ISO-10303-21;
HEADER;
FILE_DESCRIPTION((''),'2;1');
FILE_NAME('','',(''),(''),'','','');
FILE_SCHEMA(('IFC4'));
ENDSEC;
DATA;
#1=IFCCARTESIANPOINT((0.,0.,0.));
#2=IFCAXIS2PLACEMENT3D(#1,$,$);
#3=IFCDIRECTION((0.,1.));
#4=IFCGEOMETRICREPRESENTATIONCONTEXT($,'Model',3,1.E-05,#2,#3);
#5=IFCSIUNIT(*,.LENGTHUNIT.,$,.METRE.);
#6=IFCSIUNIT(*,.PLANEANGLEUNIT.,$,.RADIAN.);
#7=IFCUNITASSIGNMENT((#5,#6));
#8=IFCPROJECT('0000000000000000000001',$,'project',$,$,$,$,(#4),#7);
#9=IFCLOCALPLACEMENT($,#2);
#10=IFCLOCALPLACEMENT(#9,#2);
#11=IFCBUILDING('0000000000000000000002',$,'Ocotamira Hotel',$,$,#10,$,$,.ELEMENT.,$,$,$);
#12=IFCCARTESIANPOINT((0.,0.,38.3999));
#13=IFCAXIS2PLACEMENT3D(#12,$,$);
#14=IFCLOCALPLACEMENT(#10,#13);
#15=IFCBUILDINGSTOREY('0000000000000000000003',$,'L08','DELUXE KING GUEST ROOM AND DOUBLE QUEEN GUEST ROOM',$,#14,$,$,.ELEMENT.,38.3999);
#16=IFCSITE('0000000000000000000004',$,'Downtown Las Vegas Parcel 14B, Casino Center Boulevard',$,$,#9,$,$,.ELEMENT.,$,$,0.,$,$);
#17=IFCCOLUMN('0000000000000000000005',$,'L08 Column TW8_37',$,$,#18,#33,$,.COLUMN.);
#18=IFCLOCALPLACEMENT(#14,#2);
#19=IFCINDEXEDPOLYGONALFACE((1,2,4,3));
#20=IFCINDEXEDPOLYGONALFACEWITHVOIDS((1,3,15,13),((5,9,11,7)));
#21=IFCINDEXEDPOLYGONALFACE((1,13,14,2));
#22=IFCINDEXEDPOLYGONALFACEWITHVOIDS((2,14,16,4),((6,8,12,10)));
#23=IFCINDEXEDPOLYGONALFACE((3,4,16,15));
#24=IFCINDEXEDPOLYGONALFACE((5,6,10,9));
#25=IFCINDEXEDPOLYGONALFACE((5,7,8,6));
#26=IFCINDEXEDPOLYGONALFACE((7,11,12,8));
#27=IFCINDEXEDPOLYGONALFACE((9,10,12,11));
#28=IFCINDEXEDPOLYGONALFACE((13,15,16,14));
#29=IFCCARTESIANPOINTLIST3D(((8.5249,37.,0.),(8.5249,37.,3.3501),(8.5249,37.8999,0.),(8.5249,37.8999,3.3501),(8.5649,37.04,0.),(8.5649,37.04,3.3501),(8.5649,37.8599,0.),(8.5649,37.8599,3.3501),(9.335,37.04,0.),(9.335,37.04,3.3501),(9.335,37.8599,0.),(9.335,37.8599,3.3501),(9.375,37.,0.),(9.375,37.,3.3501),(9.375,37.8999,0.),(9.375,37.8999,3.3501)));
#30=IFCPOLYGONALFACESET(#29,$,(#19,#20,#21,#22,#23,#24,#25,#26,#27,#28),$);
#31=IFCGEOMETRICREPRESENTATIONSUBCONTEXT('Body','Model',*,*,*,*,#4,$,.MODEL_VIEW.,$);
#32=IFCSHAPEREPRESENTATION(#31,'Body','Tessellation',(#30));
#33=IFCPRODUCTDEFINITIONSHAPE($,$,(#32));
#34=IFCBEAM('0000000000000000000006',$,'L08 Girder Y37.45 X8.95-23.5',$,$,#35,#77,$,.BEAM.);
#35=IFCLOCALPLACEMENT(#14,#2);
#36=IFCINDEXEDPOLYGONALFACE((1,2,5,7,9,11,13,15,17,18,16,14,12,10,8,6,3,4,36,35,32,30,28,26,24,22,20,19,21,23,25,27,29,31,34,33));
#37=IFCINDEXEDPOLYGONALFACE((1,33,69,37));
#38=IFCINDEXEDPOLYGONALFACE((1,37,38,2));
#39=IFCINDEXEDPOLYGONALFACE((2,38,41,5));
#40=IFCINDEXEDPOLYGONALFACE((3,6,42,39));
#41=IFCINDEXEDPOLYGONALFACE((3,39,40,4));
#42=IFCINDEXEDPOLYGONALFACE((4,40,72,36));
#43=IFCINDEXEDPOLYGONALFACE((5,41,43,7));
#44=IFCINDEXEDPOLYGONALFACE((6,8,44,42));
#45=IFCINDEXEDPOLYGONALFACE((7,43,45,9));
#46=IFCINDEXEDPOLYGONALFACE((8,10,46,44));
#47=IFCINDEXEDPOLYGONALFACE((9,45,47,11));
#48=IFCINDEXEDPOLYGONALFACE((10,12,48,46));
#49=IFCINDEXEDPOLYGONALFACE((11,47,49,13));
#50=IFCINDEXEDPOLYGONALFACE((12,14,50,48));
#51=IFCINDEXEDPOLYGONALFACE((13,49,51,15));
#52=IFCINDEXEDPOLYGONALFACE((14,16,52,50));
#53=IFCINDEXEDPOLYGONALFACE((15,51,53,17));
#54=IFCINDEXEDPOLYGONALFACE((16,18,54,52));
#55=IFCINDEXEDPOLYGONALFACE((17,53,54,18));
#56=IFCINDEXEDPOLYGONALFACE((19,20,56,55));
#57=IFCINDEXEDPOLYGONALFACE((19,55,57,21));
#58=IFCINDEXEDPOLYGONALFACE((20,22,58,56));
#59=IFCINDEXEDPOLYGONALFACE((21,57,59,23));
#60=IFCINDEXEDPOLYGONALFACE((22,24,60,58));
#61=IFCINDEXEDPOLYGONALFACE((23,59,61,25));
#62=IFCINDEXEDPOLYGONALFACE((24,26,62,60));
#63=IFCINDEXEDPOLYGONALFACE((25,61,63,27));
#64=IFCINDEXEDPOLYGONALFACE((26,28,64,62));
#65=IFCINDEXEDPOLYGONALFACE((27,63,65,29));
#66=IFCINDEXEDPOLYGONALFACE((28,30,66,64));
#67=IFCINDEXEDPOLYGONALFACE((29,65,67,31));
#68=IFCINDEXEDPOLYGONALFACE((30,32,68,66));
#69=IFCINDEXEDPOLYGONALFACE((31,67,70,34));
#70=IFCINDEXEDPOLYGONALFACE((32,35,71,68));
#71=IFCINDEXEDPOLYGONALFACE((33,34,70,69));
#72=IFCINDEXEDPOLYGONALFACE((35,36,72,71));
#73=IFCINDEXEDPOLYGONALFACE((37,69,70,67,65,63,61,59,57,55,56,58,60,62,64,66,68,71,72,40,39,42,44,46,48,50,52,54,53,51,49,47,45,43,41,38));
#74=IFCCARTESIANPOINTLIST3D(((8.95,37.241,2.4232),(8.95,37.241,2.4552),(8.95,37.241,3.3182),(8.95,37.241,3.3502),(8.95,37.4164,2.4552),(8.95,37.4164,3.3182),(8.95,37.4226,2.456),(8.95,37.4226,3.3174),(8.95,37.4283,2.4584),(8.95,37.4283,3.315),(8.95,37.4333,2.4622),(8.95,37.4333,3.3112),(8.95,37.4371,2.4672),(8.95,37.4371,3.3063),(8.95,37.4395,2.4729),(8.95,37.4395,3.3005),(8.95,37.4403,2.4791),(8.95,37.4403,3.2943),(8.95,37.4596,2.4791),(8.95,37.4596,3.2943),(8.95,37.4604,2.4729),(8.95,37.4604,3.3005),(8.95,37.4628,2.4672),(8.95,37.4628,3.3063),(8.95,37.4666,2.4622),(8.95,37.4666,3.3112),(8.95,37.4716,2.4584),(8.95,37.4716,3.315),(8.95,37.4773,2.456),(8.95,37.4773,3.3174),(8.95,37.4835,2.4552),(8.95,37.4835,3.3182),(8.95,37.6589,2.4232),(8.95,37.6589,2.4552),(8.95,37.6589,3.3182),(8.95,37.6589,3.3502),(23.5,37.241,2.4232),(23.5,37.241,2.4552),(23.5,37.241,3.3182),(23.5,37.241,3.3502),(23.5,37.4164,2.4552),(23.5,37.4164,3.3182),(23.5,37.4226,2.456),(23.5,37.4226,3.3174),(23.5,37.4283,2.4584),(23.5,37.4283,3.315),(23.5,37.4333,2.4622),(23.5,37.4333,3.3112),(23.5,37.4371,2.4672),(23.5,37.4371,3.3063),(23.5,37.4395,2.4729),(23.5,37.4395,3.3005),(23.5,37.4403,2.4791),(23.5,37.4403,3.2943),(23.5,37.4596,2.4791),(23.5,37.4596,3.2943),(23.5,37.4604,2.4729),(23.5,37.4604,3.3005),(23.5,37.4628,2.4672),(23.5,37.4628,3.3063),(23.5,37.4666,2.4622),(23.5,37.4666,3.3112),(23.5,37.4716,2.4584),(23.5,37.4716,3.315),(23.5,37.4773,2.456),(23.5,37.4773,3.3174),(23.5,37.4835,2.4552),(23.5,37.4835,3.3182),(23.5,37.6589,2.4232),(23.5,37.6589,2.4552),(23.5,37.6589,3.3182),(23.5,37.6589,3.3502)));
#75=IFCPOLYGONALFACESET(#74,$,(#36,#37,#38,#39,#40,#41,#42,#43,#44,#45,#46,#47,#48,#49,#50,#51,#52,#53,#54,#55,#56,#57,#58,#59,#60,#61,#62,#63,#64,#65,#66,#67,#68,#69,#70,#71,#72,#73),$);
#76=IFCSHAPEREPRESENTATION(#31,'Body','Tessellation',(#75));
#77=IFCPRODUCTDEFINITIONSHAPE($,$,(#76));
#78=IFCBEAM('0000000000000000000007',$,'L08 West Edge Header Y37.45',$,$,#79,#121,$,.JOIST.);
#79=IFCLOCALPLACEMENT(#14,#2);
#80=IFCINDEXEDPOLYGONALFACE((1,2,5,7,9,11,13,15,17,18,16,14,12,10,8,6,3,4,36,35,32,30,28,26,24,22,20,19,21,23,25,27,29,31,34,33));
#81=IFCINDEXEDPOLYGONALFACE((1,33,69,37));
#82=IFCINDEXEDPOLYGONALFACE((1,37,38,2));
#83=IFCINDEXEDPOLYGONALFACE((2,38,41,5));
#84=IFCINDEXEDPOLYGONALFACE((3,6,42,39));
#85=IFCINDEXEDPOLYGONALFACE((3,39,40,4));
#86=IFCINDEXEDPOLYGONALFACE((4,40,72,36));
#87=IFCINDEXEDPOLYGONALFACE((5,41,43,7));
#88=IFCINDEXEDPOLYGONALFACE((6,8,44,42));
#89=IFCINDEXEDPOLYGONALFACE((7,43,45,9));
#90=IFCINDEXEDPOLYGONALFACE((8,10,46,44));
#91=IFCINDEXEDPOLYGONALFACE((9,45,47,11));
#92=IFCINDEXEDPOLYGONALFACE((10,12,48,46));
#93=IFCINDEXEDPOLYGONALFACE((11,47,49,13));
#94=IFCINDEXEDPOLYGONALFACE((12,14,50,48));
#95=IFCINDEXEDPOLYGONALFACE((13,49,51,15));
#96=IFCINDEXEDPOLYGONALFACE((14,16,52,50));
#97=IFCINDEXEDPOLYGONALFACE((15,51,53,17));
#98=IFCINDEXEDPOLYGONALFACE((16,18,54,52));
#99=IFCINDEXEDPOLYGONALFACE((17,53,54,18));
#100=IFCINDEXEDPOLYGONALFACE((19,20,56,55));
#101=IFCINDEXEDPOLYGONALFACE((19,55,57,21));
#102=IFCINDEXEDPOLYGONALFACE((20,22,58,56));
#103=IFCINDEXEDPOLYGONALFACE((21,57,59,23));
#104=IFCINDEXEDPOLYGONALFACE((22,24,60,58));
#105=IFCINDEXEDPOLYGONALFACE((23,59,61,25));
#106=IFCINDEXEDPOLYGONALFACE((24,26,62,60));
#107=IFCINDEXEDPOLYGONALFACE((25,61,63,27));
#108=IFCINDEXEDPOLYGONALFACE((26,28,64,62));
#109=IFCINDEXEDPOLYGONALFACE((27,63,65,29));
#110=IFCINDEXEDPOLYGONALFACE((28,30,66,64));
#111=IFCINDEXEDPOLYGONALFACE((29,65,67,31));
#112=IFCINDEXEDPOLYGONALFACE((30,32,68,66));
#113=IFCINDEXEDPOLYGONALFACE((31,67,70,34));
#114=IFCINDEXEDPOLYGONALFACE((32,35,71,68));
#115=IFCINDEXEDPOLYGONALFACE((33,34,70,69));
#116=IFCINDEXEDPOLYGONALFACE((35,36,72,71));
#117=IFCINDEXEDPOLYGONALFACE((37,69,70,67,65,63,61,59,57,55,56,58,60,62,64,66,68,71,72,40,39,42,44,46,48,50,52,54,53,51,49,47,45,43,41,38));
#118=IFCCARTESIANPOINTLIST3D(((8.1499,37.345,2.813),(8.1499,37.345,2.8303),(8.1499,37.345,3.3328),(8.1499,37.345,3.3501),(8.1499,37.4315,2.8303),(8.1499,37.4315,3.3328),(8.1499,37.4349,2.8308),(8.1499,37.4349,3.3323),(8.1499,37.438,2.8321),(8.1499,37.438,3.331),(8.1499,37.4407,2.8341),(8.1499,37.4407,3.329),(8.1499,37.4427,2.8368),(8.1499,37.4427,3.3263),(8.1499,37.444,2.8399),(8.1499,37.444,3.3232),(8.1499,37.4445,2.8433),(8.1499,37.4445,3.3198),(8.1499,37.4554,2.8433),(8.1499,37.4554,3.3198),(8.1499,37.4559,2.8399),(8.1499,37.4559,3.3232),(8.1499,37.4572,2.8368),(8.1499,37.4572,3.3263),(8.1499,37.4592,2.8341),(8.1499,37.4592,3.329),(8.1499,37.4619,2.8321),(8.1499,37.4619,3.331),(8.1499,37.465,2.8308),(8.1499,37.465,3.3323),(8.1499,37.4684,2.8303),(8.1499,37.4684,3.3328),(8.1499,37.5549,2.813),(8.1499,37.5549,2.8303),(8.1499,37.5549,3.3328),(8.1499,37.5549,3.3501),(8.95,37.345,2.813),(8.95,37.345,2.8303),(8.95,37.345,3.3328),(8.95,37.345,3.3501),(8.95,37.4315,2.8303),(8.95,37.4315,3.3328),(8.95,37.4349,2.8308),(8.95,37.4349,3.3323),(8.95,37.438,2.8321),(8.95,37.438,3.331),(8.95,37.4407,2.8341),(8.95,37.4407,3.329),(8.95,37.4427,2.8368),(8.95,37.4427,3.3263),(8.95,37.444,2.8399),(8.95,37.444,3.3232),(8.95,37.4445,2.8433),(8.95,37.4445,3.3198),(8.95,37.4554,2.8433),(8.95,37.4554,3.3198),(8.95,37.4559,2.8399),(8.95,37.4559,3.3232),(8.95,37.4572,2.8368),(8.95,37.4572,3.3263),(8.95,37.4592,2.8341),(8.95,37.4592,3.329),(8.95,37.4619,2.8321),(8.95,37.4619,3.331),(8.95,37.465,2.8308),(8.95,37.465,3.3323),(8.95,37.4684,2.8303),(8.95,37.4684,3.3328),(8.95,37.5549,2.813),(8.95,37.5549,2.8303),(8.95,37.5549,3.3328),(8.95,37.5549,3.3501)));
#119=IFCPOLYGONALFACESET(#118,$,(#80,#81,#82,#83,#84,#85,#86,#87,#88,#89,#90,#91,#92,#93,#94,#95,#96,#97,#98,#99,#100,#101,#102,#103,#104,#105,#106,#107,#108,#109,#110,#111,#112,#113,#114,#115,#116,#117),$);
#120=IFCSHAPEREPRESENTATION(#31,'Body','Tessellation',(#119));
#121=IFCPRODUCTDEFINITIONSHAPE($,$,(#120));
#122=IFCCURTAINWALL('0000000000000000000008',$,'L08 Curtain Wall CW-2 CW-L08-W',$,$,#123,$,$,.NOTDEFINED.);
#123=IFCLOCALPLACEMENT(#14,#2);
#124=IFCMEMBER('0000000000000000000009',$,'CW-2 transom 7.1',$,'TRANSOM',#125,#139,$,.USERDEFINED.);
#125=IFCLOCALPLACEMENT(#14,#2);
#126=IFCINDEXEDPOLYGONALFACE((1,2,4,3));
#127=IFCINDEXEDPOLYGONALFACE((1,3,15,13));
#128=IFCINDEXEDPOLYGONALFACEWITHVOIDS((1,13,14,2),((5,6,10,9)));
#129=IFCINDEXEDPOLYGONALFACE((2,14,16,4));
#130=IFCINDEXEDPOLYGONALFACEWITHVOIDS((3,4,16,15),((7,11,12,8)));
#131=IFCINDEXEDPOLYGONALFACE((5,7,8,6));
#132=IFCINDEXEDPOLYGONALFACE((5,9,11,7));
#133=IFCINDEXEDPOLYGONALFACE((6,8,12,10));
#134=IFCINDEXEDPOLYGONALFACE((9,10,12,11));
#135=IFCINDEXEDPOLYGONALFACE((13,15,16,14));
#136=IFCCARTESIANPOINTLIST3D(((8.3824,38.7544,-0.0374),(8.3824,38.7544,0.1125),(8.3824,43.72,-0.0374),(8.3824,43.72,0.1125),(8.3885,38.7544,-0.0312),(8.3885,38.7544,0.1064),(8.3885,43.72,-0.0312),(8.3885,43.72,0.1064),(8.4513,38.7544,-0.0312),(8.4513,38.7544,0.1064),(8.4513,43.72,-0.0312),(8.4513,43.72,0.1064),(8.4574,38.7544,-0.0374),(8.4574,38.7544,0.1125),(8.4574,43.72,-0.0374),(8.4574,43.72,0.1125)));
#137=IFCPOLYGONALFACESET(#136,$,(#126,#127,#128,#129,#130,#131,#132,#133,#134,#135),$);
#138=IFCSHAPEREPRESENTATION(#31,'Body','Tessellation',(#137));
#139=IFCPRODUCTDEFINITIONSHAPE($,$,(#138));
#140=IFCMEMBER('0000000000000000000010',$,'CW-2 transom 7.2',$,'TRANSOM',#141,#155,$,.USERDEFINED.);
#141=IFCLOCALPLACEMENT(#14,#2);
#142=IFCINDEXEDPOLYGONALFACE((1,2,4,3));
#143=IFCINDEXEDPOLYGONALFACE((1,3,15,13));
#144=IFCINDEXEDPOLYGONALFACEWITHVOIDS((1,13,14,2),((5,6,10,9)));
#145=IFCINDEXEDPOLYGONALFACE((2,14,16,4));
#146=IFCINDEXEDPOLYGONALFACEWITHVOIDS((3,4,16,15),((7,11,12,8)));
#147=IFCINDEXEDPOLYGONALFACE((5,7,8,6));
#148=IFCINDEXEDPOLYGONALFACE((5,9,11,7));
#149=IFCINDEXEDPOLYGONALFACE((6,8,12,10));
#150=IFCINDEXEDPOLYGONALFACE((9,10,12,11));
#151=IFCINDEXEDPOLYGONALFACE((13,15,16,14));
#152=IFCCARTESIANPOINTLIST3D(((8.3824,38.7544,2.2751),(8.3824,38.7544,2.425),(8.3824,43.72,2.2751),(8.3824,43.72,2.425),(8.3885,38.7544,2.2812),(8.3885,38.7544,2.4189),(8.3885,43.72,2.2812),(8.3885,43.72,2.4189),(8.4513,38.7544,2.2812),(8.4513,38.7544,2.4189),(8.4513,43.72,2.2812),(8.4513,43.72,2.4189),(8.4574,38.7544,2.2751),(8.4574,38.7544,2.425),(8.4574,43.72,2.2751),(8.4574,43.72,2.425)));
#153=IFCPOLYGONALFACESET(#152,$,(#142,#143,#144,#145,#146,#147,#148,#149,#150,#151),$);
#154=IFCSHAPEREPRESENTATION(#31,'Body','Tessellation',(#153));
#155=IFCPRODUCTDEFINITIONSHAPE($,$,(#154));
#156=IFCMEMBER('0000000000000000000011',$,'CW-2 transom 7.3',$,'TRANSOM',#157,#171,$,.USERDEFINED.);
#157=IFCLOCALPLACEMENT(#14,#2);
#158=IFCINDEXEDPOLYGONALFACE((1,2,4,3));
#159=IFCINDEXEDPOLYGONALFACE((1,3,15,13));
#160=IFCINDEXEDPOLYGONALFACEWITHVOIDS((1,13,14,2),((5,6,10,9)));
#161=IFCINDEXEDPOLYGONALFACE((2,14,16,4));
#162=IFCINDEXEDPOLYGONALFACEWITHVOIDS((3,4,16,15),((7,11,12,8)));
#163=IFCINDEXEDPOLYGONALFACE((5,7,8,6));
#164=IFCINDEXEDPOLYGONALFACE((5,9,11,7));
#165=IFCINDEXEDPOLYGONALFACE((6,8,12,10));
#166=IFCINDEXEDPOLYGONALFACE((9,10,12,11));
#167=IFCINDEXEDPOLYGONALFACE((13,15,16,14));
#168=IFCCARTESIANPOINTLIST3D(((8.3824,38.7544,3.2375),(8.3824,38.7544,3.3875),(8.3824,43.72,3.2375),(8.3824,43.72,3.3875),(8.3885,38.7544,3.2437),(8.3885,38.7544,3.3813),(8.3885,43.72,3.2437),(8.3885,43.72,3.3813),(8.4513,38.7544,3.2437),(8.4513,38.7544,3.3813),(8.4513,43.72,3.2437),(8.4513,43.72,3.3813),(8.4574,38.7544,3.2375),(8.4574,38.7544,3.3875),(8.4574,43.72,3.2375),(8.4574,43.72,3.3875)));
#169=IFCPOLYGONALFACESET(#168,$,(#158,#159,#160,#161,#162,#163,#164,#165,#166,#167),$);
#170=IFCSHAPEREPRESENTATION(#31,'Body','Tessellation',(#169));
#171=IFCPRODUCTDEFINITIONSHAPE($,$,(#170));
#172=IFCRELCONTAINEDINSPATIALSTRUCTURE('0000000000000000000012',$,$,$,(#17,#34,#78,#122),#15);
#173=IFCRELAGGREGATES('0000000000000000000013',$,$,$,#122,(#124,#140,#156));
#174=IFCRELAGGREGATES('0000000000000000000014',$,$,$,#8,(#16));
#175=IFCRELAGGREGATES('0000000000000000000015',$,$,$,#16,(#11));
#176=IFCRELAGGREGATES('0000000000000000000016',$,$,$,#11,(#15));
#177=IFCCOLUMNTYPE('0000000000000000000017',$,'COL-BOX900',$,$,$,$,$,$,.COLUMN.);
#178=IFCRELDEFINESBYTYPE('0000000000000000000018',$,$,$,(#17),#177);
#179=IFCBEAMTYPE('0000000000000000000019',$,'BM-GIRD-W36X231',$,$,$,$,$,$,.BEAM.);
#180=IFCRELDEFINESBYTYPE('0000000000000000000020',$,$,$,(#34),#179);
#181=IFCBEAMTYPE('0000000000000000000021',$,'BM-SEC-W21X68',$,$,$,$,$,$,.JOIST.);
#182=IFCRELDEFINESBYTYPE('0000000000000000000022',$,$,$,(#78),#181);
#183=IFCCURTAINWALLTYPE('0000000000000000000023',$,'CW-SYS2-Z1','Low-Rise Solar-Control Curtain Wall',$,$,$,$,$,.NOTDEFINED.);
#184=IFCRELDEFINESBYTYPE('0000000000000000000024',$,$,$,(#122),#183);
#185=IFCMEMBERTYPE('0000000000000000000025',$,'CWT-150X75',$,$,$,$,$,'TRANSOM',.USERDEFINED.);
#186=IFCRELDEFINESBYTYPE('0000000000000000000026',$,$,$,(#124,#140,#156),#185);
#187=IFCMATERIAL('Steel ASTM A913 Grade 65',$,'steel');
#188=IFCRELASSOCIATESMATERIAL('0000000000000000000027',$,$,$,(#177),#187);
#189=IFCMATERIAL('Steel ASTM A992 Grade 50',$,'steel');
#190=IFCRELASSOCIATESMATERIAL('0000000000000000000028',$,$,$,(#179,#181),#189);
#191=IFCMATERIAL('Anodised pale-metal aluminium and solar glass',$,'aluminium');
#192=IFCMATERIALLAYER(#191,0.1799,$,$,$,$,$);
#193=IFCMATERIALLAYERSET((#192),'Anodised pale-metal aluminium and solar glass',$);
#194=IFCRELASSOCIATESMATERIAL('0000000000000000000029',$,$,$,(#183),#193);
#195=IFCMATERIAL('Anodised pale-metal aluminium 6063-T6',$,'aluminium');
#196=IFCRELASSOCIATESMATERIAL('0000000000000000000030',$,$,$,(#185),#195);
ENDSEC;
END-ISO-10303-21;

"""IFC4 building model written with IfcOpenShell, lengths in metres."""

from ifc_helpers import new_model, si_unit, direction, frame, origin, origin_2d, place, context, subcontext, project, spatial, hollow_rectangle, i_section, extrude, source, transform, mapped, material, layer, layer_set, material_profile, profile_set, type_object, element, aggregate, save


model = new_model("IFC4")

# Units and contexts
model_context = context("Model", 3, precision=1e-05, world=origin(), true_north=direction((0.0, 1.0)))
body_context = subcontext(model_context, "Body", "Model", "MODEL_VIEW")
ifc_project = project(units=[si_unit("LENGTHUNIT", "METRE"), si_unit("PLANEANGLEUNIT", "RADIAN")], contexts=[model_context])

# Site, building, storey
site_placement = place(None, origin())
site = spatial("IfcSite", under=ifc_project, at=site_placement, Name="Downtown Las Vegas Parcel 14B, Casino Center Boulevard", CompositionType="ELEMENT", RefElevation=0.0)
building_placement = place(site_placement, origin())
building = spatial("IfcBuilding", under=site, at=building_placement, Name="Ocotamira Hotel", CompositionType="ELEMENT")
storey_placement = place(building_placement, frame((0.0, 0.0, 38.3999)))
storey = spatial("IfcBuildingStorey", under=building, at=storey_placement, Name="L08", Description="DELUXE KING GUEST ROOM AND DOUBLE QUEEN GUEST ROOM", CompositionType="ELEMENT", Elevation=38.3999)

# Column
ifc_material_1 = material(Name="Steel ASTM A913 Grade 65", Category="steel")
ifc_material_profile_1 = material_profile(ifc_material_1, hollow_rectangle(XDim=0.8501, YDim=0.8999, WallThickness=0.04, at=origin_2d()), Name="BOX900X850X40")
ifc_profile_set_1 = profile_set([ifc_material_profile_1], Name="Steel ASTM A913 Grade 65")
column_type = type_object("IfcColumnType", Name="COL-BOX900", PredefinedType="COLUMN", material=ifc_profile_set_1)
shared_shape_1 = source(origin(), body_context, "Body", "SweptSolid", [
    extrude(hollow_rectangle(XDim=0.8501, YDim=0.8999, WallThickness=0.04, at=origin_2d()), origin(), (0.0, 0.0, 1.0), 3.3501),
])
column_placement = place(storey_placement, frame((8.95, 37.45, 0.0), z_axis=(0.0, 0.0, 1.0), x_axis=(1.0, 0.0, 0.0)))
element("IfcColumn", 1, at=column_placement, inside=storey, type_object=column_type, Name="L08 Column TW8_37", PredefinedType="COLUMN", context=body_context, shape_type="MappedRepresentation", body=[
    mapped(shared_shape_1, transform((0.0, 0.0, 0.0), scale=1.0)),
])

# Beams
ifc_material_2 = material(Name="Steel ASTM A992 Grade 50", Category="steel")
ifc_material_profile_2 = material_profile(ifc_material_2, i_section(OverallWidth=0.418, OverallDepth=0.927, WebThickness=0.0193, FlangeThickness=0.032, FilletRadius=0.0239, at=origin_2d()), Name="W36X231")
ifc_profile_set_2 = profile_set([ifc_material_profile_2], Name="Steel ASTM A992 Grade 50")
beam_type_1 = type_object("IfcBeamType", Name="BM-GIRD-W36X231", PredefinedType="BEAM", material=ifc_profile_set_2)
shared_shape_2 = source(origin(), body_context, "Body", "SweptSolid", [
    extrude(i_section(OverallWidth=0.418, OverallDepth=0.927, WebThickness=0.0193, FlangeThickness=0.032, FilletRadius=0.0239, at=origin_2d()), origin(), (0.0, 0.0, 1.0), 14.55),
])
beam_1_placement = place(storey_placement, frame((8.95, 37.45, 2.8867), z_axis=(1.0, 0.0, 0.0), x_axis=(0.0, 1.0, 0.0)))
element("IfcBeam", 2, at=beam_1_placement, inside=storey, type_object=beam_type_1, Name="L08 Girder Y37.45 X8.95-23.5", PredefinedType="BEAM", context=body_context, shape_type="MappedRepresentation", body=[
    mapped(shared_shape_2, transform((0.0, 0.0, 0.0), scale=1.0)),
])
ifc_material_profile_3 = material_profile(ifc_material_2, i_section(OverallWidth=0.21, OverallDepth=0.5371, WebThickness=0.011, FlangeThickness=0.0173, FilletRadius=0.0129, at=origin_2d()), Name="W21X68")
ifc_profile_set_3 = profile_set([ifc_material_profile_3], Name="Steel ASTM A992 Grade 50")
beam_type_2 = type_object("IfcBeamType", Name="BM-SEC-W21X68", PredefinedType="JOIST", material=ifc_profile_set_3)
shared_shape_3 = source(origin(), body_context, "Body", "SweptSolid", [
    extrude(i_section(OverallWidth=0.21, OverallDepth=0.5371, WebThickness=0.011, FlangeThickness=0.0173, FilletRadius=0.0129, at=origin_2d()), origin(), (0.0, 0.0, 1.0), 0.8),
])
beam_2_placement = place(storey_placement, frame((8.95, 37.45, 3.0815), z_axis=(-1.0, 0.0, 0.0), x_axis=(0.0, -1.0, 0.0)))
element("IfcBeam", 3, at=beam_2_placement, inside=storey, type_object=beam_type_2, Name="L08 West Edge Header Y37.45", PredefinedType="JOIST", context=body_context, shape_type="MappedRepresentation", body=[
    mapped(shared_shape_3, transform((0.0, 0.0, 0.0), scale=1.0)),
])

# Curtain wall, members
ifc_material_3 = material(Name="Anodised pale-metal aluminium and solar glass", Category="aluminium")
ifc_layer_1 = layer(ifc_material_3, 0.1799)
ifc_layer_set_1 = layer_set([ifc_layer_1], Name="Anodised pale-metal aluminium and solar glass")
curtain_wall_type = type_object("IfcCurtainWallType", Name="CW-SYS2-Z1", Description="Low-Rise Solar-Control Curtain Wall", PredefinedType="NOTDEFINED", material=ifc_layer_set_1)
curtain_wall_placement = place(storey_placement, origin())
curtain_wall = element("IfcCurtainWall", 4, at=curtain_wall_placement, inside=storey, type_object=curtain_wall_type, Name="L08 Curtain Wall CW-2 CW-L08-W", PredefinedType="NOTDEFINED")
ifc_material_4 = material(Name="Anodised pale-metal aluminium 6063-T6", Category="aluminium")
ifc_material_profile_4 = material_profile(ifc_material_4, hollow_rectangle(XDim=0.075, YDim=0.1499, WallThickness=0.0061, at=origin_2d()), Name="HSS150X75X6")
ifc_profile_set_4 = profile_set([ifc_material_profile_4], Name="Anodised pale-metal aluminium 6063-T6")
member_type_1 = type_object("IfcMemberType", Name="CWT-150X75", ElementType="TRANSOM", PredefinedType="USERDEFINED", material=ifc_profile_set_4)
shared_shape_4 = source(origin(), body_context, "Body", "SweptSolid", [
    extrude(hollow_rectangle(XDim=0.075, YDim=0.1499, WallThickness=0.0061, at=origin_2d()), origin(), (0.0, 0.0, 1.0), 4.9656),
])
member_1_placement = place(storey_placement, frame((8.4199, 38.7544, 0.0376), z_axis=(0.0, 1.0, 0.0), x_axis=(-1.0, 0.0, 0.0)))
member_1 = element("IfcMember", 5, at=member_1_placement, type_object=member_type_1, Name="CW-2 transom 7.1", ObjectType="TRANSOM", PredefinedType="USERDEFINED", context=body_context, shape_type="MappedRepresentation", body=[
    mapped(shared_shape_4, transform((0.0, 0.0, 0.0), scale=1.0)),
])
member_2_placement = place(storey_placement, frame((8.4199, 38.7544, 2.3501), z_axis=(0.0, 1.0, 0.0), x_axis=(-1.0, 0.0, 0.0)))
member_2 = element("IfcMember", 6, at=member_2_placement, type_object=member_type_1, Name="CW-2 transom 7.2", ObjectType="TRANSOM", PredefinedType="USERDEFINED", context=body_context, shape_type="MappedRepresentation", body=[
    mapped(shared_shape_4, transform((0.0, 0.0, 0.0), scale=1.0)),
])
member_3_placement = place(storey_placement, frame((8.4199, 38.7544, 3.3125), z_axis=(0.0, 1.0, 0.0), x_axis=(-1.0, 0.0, 0.0)))
member_3 = element("IfcMember", 7, at=member_3_placement, type_object=member_type_1, Name="CW-2 transom 7.3", ObjectType="TRANSOM", PredefinedType="USERDEFINED", context=body_context, shape_type="MappedRepresentation", body=[
    mapped(shared_shape_4, transform((0.0, 0.0, 0.0), scale=1.0)),
])

aggregate(curtain_wall, [member_1, member_2, member_3])

save(model, "model.ifc")
